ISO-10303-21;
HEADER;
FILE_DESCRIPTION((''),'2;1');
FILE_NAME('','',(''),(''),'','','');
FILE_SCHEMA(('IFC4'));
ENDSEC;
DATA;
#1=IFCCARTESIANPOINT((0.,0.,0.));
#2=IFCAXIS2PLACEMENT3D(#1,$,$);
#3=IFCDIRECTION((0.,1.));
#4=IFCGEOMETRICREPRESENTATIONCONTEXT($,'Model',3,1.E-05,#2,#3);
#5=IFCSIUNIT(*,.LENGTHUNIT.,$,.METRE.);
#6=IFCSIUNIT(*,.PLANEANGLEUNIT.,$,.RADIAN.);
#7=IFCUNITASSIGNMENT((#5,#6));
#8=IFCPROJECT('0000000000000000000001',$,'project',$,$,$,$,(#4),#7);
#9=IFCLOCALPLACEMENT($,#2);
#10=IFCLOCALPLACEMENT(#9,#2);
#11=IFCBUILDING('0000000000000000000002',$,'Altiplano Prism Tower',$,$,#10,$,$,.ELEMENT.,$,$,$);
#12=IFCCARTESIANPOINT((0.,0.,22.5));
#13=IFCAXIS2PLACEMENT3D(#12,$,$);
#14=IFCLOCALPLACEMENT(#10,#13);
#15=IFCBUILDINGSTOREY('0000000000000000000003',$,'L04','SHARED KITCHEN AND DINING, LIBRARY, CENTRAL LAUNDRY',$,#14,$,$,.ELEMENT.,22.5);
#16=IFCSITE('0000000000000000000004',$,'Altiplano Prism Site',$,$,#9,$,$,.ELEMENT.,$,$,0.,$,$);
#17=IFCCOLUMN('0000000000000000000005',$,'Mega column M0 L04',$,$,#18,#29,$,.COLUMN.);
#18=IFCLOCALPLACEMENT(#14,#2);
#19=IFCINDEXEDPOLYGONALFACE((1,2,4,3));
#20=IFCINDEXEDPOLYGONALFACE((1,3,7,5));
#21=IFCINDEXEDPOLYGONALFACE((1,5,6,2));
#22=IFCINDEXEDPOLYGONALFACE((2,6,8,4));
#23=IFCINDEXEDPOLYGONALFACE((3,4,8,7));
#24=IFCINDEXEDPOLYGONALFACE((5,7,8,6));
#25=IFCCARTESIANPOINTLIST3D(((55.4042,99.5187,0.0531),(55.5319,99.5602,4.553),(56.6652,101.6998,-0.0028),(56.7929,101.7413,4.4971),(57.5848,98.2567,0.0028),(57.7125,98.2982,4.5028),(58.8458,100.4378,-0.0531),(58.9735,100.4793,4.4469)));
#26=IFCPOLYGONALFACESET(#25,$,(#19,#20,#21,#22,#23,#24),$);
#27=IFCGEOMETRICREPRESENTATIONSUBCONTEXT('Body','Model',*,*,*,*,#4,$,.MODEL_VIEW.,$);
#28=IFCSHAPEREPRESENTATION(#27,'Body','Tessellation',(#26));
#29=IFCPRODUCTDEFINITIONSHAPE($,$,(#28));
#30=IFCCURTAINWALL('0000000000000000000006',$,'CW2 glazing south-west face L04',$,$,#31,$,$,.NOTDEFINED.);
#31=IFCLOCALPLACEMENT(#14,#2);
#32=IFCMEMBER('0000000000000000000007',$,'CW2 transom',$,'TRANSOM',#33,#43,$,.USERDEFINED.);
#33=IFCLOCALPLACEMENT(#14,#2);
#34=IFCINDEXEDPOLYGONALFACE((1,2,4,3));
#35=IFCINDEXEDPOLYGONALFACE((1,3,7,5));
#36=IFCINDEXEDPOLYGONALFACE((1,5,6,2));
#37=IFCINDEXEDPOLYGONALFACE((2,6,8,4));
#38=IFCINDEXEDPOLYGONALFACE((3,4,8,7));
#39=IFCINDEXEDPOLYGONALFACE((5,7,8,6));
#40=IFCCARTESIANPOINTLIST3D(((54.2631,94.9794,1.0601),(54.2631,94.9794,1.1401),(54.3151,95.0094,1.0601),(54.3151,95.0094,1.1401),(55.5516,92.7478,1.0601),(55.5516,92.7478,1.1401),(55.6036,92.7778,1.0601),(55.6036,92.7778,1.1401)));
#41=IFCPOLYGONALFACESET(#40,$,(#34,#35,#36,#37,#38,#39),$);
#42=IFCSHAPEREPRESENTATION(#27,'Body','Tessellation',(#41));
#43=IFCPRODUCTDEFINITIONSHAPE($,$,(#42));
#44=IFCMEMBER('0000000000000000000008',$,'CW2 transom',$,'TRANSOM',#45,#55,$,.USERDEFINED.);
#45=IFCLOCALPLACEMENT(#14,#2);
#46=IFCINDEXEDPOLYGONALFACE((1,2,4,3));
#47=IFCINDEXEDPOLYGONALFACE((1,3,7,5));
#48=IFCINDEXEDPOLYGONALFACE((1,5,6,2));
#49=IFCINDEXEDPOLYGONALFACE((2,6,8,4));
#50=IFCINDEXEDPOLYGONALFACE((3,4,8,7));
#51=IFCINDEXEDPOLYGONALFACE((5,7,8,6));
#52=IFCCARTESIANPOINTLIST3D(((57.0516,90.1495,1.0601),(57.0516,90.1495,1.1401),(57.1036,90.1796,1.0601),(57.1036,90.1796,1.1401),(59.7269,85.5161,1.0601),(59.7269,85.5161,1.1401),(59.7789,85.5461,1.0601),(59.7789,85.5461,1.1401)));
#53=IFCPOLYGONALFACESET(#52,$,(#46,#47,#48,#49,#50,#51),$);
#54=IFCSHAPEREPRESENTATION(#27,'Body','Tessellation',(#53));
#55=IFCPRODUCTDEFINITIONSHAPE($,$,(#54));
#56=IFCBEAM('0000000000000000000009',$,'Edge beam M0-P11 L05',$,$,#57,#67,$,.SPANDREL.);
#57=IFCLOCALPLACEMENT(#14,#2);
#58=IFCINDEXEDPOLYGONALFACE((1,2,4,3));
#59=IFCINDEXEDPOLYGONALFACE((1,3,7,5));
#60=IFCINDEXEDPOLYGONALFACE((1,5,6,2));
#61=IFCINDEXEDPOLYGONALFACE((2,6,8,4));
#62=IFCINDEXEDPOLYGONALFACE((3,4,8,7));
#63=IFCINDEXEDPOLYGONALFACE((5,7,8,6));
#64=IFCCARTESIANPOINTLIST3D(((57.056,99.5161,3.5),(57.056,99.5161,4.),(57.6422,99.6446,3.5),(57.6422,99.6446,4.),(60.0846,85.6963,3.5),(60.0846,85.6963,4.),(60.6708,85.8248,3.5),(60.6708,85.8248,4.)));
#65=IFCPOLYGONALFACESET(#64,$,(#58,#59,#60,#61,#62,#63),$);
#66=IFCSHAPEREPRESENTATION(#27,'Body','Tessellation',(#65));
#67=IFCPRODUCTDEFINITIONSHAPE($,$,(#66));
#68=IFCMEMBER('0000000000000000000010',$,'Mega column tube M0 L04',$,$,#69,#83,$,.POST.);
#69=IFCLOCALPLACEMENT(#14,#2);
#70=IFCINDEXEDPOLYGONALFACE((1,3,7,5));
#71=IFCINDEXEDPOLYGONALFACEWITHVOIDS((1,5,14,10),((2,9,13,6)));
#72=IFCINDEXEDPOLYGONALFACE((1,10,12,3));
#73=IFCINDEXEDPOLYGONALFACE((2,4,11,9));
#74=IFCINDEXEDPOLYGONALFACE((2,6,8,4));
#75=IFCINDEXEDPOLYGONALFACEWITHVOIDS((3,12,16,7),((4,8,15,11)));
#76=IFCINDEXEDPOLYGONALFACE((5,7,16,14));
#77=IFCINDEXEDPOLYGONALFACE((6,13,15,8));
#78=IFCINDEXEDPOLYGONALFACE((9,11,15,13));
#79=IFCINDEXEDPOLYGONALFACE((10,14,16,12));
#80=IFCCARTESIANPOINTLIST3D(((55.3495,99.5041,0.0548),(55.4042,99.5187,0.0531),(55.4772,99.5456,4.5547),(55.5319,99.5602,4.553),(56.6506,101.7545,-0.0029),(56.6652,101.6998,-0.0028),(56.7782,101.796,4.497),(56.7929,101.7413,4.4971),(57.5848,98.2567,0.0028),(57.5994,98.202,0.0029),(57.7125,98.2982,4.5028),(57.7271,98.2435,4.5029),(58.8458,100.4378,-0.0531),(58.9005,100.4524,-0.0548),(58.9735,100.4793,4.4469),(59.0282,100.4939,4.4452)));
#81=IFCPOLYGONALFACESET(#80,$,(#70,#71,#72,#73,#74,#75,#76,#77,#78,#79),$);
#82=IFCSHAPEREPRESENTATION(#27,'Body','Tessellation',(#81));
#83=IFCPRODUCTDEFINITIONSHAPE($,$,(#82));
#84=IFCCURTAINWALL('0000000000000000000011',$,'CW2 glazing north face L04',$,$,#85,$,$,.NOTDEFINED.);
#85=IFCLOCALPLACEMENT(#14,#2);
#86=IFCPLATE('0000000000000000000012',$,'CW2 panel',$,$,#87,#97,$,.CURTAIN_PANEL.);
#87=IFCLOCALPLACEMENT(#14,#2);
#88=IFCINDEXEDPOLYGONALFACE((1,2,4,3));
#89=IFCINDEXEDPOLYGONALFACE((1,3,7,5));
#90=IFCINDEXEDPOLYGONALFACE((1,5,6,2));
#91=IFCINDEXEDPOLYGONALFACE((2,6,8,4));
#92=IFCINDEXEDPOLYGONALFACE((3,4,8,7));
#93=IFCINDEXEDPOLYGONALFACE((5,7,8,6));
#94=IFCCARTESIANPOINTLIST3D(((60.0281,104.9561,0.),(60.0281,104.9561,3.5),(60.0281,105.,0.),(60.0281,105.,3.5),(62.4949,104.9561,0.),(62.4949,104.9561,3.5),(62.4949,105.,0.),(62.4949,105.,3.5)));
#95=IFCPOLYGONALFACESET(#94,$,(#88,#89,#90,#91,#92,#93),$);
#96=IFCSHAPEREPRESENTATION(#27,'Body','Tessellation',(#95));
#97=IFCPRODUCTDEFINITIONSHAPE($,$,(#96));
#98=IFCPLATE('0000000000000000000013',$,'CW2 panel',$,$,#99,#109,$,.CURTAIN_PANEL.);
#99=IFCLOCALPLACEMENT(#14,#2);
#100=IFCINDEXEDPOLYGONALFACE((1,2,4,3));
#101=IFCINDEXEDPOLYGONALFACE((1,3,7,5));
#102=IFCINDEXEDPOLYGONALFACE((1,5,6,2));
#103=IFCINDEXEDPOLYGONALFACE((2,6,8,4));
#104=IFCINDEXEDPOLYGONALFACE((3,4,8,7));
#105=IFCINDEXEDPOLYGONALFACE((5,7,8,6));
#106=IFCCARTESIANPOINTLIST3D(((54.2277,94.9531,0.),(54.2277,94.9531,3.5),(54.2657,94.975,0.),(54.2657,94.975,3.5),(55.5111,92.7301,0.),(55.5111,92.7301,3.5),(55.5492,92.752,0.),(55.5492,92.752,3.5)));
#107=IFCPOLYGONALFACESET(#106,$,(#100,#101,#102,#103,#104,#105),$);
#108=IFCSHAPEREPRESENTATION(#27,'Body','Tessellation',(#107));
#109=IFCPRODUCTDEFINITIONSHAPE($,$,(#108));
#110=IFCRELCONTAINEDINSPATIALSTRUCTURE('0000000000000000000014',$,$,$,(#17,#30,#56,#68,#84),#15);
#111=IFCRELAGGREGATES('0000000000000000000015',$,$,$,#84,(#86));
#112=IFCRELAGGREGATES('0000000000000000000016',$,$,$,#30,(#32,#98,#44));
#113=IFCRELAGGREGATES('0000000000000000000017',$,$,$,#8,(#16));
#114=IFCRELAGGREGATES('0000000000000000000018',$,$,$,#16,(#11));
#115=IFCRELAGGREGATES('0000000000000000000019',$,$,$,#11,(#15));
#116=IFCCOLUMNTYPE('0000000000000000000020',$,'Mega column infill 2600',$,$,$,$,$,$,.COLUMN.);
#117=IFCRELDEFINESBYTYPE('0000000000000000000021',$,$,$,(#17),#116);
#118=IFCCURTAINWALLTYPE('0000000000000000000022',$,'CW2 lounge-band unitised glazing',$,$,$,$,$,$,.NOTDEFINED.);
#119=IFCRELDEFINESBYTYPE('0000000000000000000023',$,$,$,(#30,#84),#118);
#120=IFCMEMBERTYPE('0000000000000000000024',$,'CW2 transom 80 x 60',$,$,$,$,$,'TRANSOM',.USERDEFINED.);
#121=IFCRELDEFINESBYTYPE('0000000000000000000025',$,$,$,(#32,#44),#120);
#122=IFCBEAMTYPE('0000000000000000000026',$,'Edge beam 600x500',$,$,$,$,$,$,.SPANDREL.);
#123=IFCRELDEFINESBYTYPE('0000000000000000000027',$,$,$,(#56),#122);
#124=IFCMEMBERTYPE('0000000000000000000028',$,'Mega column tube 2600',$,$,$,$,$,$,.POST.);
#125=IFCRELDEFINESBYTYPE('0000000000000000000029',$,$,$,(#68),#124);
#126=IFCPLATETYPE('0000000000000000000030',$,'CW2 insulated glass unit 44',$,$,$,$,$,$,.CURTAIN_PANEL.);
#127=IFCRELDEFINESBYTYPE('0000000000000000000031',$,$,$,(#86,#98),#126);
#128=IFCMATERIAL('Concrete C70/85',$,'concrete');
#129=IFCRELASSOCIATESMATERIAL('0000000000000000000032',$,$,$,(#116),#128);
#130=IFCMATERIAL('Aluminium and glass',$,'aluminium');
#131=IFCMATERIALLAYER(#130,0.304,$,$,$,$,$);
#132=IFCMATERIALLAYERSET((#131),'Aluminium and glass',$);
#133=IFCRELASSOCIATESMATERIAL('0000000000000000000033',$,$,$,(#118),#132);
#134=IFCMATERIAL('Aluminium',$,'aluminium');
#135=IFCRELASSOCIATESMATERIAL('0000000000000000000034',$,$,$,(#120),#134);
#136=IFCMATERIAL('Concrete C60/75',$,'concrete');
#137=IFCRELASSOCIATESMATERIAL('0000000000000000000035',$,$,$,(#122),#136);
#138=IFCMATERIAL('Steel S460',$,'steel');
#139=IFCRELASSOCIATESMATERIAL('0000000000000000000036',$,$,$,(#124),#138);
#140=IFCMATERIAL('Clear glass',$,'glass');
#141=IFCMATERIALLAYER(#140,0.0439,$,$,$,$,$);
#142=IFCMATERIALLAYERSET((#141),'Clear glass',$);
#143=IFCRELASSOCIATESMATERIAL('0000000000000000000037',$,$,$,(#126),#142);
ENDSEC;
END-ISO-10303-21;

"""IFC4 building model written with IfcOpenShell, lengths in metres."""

from ifc_helpers import new_model, si_unit, direction, frame, origin, origin_2d, place, context, subcontext, project, spatial, rectangle, hollow_rectangle, extrude, material, layer, layer_set, material_profile, profile_set, type_object, element, aggregate, save


model = new_model("IFC4")

# Units and contexts
model_context = context("Model", 3, precision=1e-05, world=origin(), true_north=direction((0.0, 1.0)))
body_context = subcontext(model_context, "Body", "Model", "MODEL_VIEW")
ifc_project = project(units=[si_unit("LENGTHUNIT", "METRE"), si_unit("PLANEANGLEUNIT", "RADIAN")], contexts=[model_context])

# Site, building, storey
site_placement = place(None, origin())
site = spatial("IfcSite", under=ifc_project, at=site_placement, Name="Altiplano Prism Site", CompositionType="ELEMENT", RefElevation=0.0)
building_placement = place(site_placement, origin())
building = spatial("IfcBuilding", under=site, at=building_placement, Name="Altiplano Prism Tower", CompositionType="ELEMENT")
storey_placement = place(building_placement, frame((0.0, 0.0, 22.5)))
storey = spatial("IfcBuildingStorey", under=building, at=storey_placement, Name="L04", Description="SHARED KITCHEN AND DINING, LIBRARY, CENTRAL LAUNDRY", CompositionType="ELEMENT", Elevation=22.5)

# Column
ifc_material_1 = material(Name="Concrete C70/85", Category="concrete")
ifc_material_profile_1 = material_profile(ifc_material_1, rectangle(XDim=2.52, YDim=2.52, at=origin_2d()), Name="Mega column infill 2600")
ifc_profile_set_1 = profile_set([ifc_material_profile_1], Name="Concrete C70/85")
column_type = type_object("IfcColumnType", Name="Mega column infill 2600", PredefinedType="COLUMN", material=ifc_profile_set_1)
column_placement = place(storey_placement, frame((57.125, 99.9783, 0.0), z_axis=(0.028362, 0.009219, 0.999555), x_axis=(-0.865334, 0.500798, 0.019935)))
element("IfcColumn", 1, at=column_placement, inside=storey, type_object=column_type, Name="Mega column M0 L04", PredefinedType="COLUMN", context=body_context, shape_type="SweptSolid", body=[
    extrude(rectangle(XDim=2.52, YDim=2.52, at=origin_2d()), origin(), (0.0, 0.0, 1.0), 4.502),
])

# Curtain wall, members
ifc_material_2 = material(Name="Aluminium and glass", Category="aluminium")
ifc_layer_1 = layer(ifc_material_2, 0.304)
ifc_layer_set_1 = layer_set([ifc_layer_1], Name="Aluminium and glass")
curtain_wall_type = type_object("IfcCurtainWallType", Name="CW2 lounge-band unitised glazing", PredefinedType="NOTDEFINED", material=ifc_layer_set_1)
curtain_wall_1_placement = place(storey_placement, origin())
curtain_wall_1 = element("IfcCurtainWall", 2, at=curtain_wall_1_placement, inside=storey, type_object=curtain_wall_type, Name="CW2 glazing south-west face L04", PredefinedType="NOTDEFINED")
ifc_material_3 = material(Name="Aluminium", Category="aluminium")
ifc_material_profile_2 = material_profile(ifc_material_3, rectangle(XDim=0.0601, YDim=0.0801, at=origin_2d()), Name="CW2 transom 80 x 60")
ifc_profile_set_2 = profile_set([ifc_material_profile_2], Name="Aluminium")
member_type_1 = type_object("IfcMemberType", Name="CW2 transom 80 x 60", ElementType="TRANSOM", PredefinedType="USERDEFINED", material=ifc_profile_set_2)
member_1_placement = place(storey_placement, frame((54.2891, 94.9944, 1.1001), z_axis=(0.500031, -0.866007, 0.0), x_axis=(0.866007, 0.500031, 0.0)))
member_1 = element("IfcMember", 3, at=member_1_placement, type_object=member_type_1, Name="CW2 transom", ObjectType="TRANSOM", PredefinedType="USERDEFINED", context=body_context, shape_type="SweptSolid", body=[
    extrude(rectangle(XDim=0.0601, YDim=0.0801, at=origin_2d()), origin(), (0.0, 0.0, 1.0), 2.5769),
])
member_2_placement = place(storey_placement, frame((57.0776, 90.1646, 1.1001), z_axis=(0.500016, -0.866016, 0.0), x_axis=(0.866016, 0.500016, 0.0)))
member_2 = element("IfcMember", 4, at=member_2_placement, type_object=member_type_1, Name="CW2 transom", ObjectType="TRANSOM", PredefinedType="USERDEFINED", context=body_context, shape_type="SweptSolid", body=[
    extrude(rectangle(XDim=0.0601, YDim=0.0801, at=origin_2d()), origin(), (0.0, 0.0, 1.0), 5.3503),
])

# Beam
ifc_material_4 = material(Name="Concrete C60/75", Category="concrete")
ifc_material_profile_3 = material_profile(ifc_material_4, rectangle(XDim=0.6001, YDim=0.5, at=origin_2d()), Name="Edge beam 600x500")
ifc_profile_set_3 = profile_set([ifc_material_profile_3], Name="Concrete C60/75")
beam_type = type_object("IfcBeamType", Name="Edge beam 600x500", PredefinedType="SPANDREL", material=ifc_profile_set_3)
beam_placement = place(storey_placement, frame((57.3491, 99.5803, 3.75), z_axis=(0.214066, -0.976819, 0.0), x_axis=(0.976819, 0.214066, 0.0)))
element("IfcBeam", 5, at=beam_placement, inside=storey, type_object=beam_type, Name="Edge beam M0-P11 L05", PredefinedType="SPANDREL", context=body_context, shape_type="SweptSolid", body=[
    extrude(rectangle(XDim=0.6001, YDim=0.5, at=origin_2d()), origin(), (0.0, 0.0, 1.0), 14.1477),
])

# Member
ifc_material_5 = material(Name="Steel S460", Category="steel")
ifc_material_profile_4 = material_profile(ifc_material_5, hollow_rectangle(XDim=2.6001, YDim=2.6001, WallThickness=0.04, at=origin_2d()), Name="Mega column tube 2600")
ifc_profile_set_4 = profile_set([ifc_material_profile_4], Name="Steel S460")
member_type_2 = type_object("IfcMemberType", Name="Mega column tube 2600", PredefinedType="POST", material=ifc_profile_set_4)
member_3_placement = place(storey_placement, frame((57.125, 99.9783, 0.0), z_axis=(0.028362, 0.009219, 0.999555), x_axis=(-0.865334, 0.500798, 0.019935)))
element("IfcMember", 6, at=member_3_placement, inside=storey, type_object=member_type_2, Name="Mega column tube M0 L04", PredefinedType="POST", context=body_context, shape_type="SweptSolid", body=[
    extrude(hollow_rectangle(XDim=2.6001, YDim=2.6001, WallThickness=0.04, at=origin_2d()), origin(), (0.0, 0.0, 1.0), 4.502),
])

# Curtain wall, plate
curtain_wall_2_placement = place(storey_placement, origin())
curtain_wall_2 = element("IfcCurtainWall", 7, at=curtain_wall_2_placement, inside=storey, type_object=curtain_wall_type, Name="CW2 glazing north face L04", PredefinedType="NOTDEFINED")
ifc_material_6 = material(Name="Clear glass", Category="glass")
ifc_layer_2 = layer(ifc_material_6, 0.0439)
ifc_layer_set_2 = layer_set([ifc_layer_2], Name="Clear glass")
plate_type = type_object("IfcPlateType", Name="CW2 insulated glass unit 44", PredefinedType="CURTAIN_PANEL", material=ifc_layer_set_2)
plate_1_placement = place(storey_placement, frame((61.2615, 104.978, 0.0), z_axis=(0.0, 0.0, 1.0), x_axis=(-1.0, 0.0, 0.0)))
plate_1 = element("IfcPlate", 8, at=plate_1_placement, type_object=plate_type, Name="CW2 panel", PredefinedType="CURTAIN_PANEL", context=body_context, shape_type="SweptSolid", body=[
    extrude(rectangle(XDim=2.4668, YDim=0.0439, at=origin_2d()), origin(), (0.0, 0.0, 1.0), 3.5),
])
aggregate(curtain_wall_2, [plate_1])

# Plate
plate_2_placement = place(storey_placement, frame((54.8884, 93.8525, 0.0), z_axis=(0.0, 0.0, 1.0), x_axis=(0.5, -0.866025, 0.0)))
plate_2 = element("IfcPlate", 9, at=plate_2_placement, type_object=plate_type, Name="CW2 panel", PredefinedType="CURTAIN_PANEL", context=body_context, shape_type="SweptSolid", body=[
    extrude(rectangle(XDim=2.5669, YDim=0.0439, at=origin_2d()), origin(), (0.0, 0.0, 1.0), 3.5),
])
aggregate(curtain_wall_1, [member_1, plate_2, member_2])

save(model, "model.ifc")
